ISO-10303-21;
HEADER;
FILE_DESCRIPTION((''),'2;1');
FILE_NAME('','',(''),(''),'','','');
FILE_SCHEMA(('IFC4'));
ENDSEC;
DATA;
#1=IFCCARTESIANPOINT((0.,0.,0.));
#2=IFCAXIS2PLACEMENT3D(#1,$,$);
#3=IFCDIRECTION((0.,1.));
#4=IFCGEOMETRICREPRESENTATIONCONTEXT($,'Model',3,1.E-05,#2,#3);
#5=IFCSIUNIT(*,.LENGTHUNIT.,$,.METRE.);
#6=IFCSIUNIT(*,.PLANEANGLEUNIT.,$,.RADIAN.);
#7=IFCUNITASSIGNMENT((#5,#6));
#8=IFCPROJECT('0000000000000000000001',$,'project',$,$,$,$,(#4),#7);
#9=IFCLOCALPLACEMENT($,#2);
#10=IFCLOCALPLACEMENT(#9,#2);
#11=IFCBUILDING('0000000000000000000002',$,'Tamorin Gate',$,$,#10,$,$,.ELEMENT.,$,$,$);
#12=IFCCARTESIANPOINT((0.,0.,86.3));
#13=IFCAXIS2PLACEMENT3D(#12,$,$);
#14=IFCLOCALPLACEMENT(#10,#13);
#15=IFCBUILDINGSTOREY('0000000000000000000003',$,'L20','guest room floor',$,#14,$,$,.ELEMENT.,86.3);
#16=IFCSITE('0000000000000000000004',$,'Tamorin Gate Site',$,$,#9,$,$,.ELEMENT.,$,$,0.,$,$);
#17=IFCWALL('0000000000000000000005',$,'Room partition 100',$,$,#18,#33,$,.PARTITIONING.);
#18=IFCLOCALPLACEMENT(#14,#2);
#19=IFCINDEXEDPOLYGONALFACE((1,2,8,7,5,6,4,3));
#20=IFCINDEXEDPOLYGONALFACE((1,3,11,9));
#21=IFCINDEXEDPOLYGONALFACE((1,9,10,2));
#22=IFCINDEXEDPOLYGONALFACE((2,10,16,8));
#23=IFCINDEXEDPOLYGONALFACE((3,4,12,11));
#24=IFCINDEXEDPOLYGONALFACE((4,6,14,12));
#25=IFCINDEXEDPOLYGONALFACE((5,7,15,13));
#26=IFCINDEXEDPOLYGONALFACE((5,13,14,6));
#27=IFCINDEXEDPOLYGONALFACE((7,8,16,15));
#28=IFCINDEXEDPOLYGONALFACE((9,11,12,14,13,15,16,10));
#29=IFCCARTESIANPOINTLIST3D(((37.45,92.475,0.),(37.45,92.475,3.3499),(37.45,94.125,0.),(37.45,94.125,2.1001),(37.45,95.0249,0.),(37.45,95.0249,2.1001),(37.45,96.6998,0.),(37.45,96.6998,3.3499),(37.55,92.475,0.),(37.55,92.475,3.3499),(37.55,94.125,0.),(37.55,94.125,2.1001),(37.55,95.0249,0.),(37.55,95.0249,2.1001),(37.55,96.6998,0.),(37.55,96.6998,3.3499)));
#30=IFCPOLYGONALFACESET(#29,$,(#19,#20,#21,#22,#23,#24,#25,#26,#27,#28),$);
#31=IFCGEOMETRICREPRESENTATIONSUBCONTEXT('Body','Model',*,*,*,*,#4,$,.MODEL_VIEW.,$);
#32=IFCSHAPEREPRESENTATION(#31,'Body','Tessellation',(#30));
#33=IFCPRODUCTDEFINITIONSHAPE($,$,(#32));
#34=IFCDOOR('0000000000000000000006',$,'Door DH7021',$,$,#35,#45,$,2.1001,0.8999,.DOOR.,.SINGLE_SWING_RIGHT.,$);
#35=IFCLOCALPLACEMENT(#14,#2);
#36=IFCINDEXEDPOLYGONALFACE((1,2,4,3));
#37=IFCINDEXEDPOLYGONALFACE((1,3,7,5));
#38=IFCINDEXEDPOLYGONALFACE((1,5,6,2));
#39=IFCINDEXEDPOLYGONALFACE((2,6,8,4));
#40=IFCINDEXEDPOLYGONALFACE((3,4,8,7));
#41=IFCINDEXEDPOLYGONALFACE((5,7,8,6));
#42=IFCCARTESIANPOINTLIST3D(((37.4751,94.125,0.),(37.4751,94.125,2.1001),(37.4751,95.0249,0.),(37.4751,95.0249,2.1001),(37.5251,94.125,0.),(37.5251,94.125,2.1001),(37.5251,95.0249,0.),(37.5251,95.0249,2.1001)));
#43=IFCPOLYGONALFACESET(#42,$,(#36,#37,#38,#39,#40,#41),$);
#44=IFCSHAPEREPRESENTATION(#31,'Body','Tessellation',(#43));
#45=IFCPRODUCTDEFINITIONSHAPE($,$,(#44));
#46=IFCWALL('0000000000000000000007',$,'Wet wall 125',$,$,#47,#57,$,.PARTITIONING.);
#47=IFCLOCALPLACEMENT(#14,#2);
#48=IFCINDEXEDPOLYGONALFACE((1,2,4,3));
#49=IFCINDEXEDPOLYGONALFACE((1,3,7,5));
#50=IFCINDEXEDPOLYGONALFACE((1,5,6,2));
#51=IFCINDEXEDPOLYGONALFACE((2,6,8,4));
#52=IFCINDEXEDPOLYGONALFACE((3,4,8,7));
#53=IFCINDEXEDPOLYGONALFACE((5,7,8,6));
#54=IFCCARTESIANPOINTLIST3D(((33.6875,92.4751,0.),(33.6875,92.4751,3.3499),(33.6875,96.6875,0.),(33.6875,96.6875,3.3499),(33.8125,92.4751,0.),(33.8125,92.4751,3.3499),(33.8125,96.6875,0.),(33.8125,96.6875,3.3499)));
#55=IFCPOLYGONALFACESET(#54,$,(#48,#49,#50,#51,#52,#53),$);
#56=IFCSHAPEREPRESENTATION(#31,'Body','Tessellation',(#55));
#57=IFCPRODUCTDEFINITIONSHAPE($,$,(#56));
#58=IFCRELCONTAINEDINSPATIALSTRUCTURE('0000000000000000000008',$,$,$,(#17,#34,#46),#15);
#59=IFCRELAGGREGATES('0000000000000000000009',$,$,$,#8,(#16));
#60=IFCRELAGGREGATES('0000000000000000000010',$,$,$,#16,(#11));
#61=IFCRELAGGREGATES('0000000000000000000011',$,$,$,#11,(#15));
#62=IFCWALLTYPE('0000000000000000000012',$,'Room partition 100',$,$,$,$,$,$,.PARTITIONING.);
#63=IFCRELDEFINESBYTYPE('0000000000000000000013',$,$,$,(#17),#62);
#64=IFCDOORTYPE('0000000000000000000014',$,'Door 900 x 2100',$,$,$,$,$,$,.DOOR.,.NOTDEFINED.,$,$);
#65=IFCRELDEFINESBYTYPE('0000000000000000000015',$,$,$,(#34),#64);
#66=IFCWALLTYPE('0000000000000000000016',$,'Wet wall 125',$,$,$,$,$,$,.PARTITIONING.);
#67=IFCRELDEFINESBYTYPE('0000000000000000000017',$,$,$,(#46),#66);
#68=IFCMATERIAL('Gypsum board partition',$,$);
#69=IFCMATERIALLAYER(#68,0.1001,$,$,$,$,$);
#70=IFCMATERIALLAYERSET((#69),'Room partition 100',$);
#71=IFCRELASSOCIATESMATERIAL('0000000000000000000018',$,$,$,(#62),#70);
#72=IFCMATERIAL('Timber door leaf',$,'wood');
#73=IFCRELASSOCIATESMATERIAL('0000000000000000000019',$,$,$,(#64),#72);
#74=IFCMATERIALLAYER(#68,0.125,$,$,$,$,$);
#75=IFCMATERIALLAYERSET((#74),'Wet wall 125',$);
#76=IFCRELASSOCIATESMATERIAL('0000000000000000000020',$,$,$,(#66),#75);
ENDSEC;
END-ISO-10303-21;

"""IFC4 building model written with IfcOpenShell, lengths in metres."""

from ifc_helpers import new_model, si_unit, direction, frame, frame_2d, origin, place, context, subcontext, project, spatial, rectangle, extrude, material, layer, layer_set, type_object, element, fill, save


model = new_model("IFC4")

# Units and contexts
model_context = context("Model", 3, precision=1e-05, world=origin(), true_north=direction((0.0, 1.0)))
body_context = subcontext(model_context, "Body", "Model", "MODEL_VIEW")
ifc_project = project(units=[si_unit("LENGTHUNIT", "METRE"), si_unit("PLANEANGLEUNIT", "RADIAN")], contexts=[model_context])

# Site, building, storey
site_placement = place(None, origin())
site = spatial("IfcSite", under=ifc_project, at=site_placement, Name="Tamorin Gate Site", CompositionType="ELEMENT", RefElevation=0.0)
building_placement = place(site_placement, origin())
building = spatial("IfcBuilding", under=site, at=building_placement, Name="Tamorin Gate", CompositionType="ELEMENT")
storey_placement = place(building_placement, frame((0.0, 0.0, 86.3)))
storey = spatial("IfcBuildingStorey", under=building, at=storey_placement, Name="L20", Description="guest room floor", CompositionType="ELEMENT", Elevation=86.3)

# Shared definitions
ifc_material_1 = material(Name="Gypsum board partition")
ifc_material_2 = material(Name="Timber door leaf", Category="wood")

# Wall, opening, door
ifc_layer_1 = layer(ifc_material_1, 0.1001)
ifc_layer_set_1 = layer_set([ifc_layer_1], Name="Room partition 100")
wall_type_1 = type_object("IfcWallType", Name="Room partition 100", PredefinedType="PARTITIONING", material=ifc_layer_set_1)
wall_1_placement = place(storey_placement, frame((37.5, 92.4751, 0.0), z_axis=(0.0, 0.0, 1.0), x_axis=(0.0, 1.0, 0.0)))
wall_1 = element("IfcWall", 1, at=wall_1_placement, inside=storey, type_object=wall_type_1, Name="Room partition 100", PredefinedType="PARTITIONING", context=body_context, shape_type="SweptSolid", body=[
    extrude(rectangle(XDim=4.2249, YDim=0.1001, at=frame_2d((2.1123, 0.0))), origin(), (0.0, 0.0, 1.0), 3.3499),
])
opening_1_placement = place(wall_1_placement, frame((1.6499, 0.0, 0.0)))
opening_1 = element("IfcOpeningElement", 2, at=opening_1_placement, cuts=wall_1, PredefinedType="OPENING", context=body_context, shape_type="SweptSolid", body=[
    extrude(rectangle(XDim=0.8999, YDim=2.1001, at=frame_2d((0.45, 1.05))), frame((0.0, 0.0601, 0.0), z_axis=(0.0, -1.0, 0.0), x_axis=(1.0, 0.0, 0.0)), (0.0, 0.0, 1.0), 0.1201),
])
door_type_1 = type_object("IfcDoorType", Name="Door 900 x 2100", OperationType="NOTDEFINED", PredefinedType="DOOR", material=ifc_material_2)
door_1_placement = place(opening_1_placement, origin())
door_1 = element("IfcDoor", 3, at=door_1_placement, inside=storey, type_object=door_type_1, Name="Door DH7021", OperationType="SINGLE_SWING_RIGHT", OverallHeight=2.1001, OverallWidth=0.8999, PredefinedType="DOOR", context=body_context, shape_type="SweptSolid", body=[
    extrude(rectangle(XDim=0.8999, YDim=2.1001, at=frame_2d((0.45, 1.05))), frame((0.0, 0.0249, 0.0), z_axis=(0.0, -1.0, 0.0), x_axis=(1.0, 0.0, 0.0)), (0.0, 0.0, 1.0), 0.05),
])
fill(opening_1, door_1)

# Wall
ifc_layer_2 = layer(ifc_material_1, 0.125)
ifc_layer_set_2 = layer_set([ifc_layer_2], Name="Wet wall 125")
wall_type_2 = type_object("IfcWallType", Name="Wet wall 125", PredefinedType="PARTITIONING", material=ifc_layer_set_2)
wall_2_placement = place(storey_placement, frame((33.75, 92.4751, 0.0), z_axis=(0.0, 0.0, 1.0), x_axis=(0.0, 1.0, 0.0)))
element("IfcWall", 4, at=wall_2_placement, inside=storey, type_object=wall_type_2, Name="Wet wall 125", PredefinedType="PARTITIONING", context=body_context, shape_type="SweptSolid", body=[
    extrude(rectangle(XDim=4.2124, YDim=0.125, at=frame_2d((2.1062, 0.0))), origin(), (0.0, 0.0, 1.0), 3.3499),
])

save(model, "model.ifc")
